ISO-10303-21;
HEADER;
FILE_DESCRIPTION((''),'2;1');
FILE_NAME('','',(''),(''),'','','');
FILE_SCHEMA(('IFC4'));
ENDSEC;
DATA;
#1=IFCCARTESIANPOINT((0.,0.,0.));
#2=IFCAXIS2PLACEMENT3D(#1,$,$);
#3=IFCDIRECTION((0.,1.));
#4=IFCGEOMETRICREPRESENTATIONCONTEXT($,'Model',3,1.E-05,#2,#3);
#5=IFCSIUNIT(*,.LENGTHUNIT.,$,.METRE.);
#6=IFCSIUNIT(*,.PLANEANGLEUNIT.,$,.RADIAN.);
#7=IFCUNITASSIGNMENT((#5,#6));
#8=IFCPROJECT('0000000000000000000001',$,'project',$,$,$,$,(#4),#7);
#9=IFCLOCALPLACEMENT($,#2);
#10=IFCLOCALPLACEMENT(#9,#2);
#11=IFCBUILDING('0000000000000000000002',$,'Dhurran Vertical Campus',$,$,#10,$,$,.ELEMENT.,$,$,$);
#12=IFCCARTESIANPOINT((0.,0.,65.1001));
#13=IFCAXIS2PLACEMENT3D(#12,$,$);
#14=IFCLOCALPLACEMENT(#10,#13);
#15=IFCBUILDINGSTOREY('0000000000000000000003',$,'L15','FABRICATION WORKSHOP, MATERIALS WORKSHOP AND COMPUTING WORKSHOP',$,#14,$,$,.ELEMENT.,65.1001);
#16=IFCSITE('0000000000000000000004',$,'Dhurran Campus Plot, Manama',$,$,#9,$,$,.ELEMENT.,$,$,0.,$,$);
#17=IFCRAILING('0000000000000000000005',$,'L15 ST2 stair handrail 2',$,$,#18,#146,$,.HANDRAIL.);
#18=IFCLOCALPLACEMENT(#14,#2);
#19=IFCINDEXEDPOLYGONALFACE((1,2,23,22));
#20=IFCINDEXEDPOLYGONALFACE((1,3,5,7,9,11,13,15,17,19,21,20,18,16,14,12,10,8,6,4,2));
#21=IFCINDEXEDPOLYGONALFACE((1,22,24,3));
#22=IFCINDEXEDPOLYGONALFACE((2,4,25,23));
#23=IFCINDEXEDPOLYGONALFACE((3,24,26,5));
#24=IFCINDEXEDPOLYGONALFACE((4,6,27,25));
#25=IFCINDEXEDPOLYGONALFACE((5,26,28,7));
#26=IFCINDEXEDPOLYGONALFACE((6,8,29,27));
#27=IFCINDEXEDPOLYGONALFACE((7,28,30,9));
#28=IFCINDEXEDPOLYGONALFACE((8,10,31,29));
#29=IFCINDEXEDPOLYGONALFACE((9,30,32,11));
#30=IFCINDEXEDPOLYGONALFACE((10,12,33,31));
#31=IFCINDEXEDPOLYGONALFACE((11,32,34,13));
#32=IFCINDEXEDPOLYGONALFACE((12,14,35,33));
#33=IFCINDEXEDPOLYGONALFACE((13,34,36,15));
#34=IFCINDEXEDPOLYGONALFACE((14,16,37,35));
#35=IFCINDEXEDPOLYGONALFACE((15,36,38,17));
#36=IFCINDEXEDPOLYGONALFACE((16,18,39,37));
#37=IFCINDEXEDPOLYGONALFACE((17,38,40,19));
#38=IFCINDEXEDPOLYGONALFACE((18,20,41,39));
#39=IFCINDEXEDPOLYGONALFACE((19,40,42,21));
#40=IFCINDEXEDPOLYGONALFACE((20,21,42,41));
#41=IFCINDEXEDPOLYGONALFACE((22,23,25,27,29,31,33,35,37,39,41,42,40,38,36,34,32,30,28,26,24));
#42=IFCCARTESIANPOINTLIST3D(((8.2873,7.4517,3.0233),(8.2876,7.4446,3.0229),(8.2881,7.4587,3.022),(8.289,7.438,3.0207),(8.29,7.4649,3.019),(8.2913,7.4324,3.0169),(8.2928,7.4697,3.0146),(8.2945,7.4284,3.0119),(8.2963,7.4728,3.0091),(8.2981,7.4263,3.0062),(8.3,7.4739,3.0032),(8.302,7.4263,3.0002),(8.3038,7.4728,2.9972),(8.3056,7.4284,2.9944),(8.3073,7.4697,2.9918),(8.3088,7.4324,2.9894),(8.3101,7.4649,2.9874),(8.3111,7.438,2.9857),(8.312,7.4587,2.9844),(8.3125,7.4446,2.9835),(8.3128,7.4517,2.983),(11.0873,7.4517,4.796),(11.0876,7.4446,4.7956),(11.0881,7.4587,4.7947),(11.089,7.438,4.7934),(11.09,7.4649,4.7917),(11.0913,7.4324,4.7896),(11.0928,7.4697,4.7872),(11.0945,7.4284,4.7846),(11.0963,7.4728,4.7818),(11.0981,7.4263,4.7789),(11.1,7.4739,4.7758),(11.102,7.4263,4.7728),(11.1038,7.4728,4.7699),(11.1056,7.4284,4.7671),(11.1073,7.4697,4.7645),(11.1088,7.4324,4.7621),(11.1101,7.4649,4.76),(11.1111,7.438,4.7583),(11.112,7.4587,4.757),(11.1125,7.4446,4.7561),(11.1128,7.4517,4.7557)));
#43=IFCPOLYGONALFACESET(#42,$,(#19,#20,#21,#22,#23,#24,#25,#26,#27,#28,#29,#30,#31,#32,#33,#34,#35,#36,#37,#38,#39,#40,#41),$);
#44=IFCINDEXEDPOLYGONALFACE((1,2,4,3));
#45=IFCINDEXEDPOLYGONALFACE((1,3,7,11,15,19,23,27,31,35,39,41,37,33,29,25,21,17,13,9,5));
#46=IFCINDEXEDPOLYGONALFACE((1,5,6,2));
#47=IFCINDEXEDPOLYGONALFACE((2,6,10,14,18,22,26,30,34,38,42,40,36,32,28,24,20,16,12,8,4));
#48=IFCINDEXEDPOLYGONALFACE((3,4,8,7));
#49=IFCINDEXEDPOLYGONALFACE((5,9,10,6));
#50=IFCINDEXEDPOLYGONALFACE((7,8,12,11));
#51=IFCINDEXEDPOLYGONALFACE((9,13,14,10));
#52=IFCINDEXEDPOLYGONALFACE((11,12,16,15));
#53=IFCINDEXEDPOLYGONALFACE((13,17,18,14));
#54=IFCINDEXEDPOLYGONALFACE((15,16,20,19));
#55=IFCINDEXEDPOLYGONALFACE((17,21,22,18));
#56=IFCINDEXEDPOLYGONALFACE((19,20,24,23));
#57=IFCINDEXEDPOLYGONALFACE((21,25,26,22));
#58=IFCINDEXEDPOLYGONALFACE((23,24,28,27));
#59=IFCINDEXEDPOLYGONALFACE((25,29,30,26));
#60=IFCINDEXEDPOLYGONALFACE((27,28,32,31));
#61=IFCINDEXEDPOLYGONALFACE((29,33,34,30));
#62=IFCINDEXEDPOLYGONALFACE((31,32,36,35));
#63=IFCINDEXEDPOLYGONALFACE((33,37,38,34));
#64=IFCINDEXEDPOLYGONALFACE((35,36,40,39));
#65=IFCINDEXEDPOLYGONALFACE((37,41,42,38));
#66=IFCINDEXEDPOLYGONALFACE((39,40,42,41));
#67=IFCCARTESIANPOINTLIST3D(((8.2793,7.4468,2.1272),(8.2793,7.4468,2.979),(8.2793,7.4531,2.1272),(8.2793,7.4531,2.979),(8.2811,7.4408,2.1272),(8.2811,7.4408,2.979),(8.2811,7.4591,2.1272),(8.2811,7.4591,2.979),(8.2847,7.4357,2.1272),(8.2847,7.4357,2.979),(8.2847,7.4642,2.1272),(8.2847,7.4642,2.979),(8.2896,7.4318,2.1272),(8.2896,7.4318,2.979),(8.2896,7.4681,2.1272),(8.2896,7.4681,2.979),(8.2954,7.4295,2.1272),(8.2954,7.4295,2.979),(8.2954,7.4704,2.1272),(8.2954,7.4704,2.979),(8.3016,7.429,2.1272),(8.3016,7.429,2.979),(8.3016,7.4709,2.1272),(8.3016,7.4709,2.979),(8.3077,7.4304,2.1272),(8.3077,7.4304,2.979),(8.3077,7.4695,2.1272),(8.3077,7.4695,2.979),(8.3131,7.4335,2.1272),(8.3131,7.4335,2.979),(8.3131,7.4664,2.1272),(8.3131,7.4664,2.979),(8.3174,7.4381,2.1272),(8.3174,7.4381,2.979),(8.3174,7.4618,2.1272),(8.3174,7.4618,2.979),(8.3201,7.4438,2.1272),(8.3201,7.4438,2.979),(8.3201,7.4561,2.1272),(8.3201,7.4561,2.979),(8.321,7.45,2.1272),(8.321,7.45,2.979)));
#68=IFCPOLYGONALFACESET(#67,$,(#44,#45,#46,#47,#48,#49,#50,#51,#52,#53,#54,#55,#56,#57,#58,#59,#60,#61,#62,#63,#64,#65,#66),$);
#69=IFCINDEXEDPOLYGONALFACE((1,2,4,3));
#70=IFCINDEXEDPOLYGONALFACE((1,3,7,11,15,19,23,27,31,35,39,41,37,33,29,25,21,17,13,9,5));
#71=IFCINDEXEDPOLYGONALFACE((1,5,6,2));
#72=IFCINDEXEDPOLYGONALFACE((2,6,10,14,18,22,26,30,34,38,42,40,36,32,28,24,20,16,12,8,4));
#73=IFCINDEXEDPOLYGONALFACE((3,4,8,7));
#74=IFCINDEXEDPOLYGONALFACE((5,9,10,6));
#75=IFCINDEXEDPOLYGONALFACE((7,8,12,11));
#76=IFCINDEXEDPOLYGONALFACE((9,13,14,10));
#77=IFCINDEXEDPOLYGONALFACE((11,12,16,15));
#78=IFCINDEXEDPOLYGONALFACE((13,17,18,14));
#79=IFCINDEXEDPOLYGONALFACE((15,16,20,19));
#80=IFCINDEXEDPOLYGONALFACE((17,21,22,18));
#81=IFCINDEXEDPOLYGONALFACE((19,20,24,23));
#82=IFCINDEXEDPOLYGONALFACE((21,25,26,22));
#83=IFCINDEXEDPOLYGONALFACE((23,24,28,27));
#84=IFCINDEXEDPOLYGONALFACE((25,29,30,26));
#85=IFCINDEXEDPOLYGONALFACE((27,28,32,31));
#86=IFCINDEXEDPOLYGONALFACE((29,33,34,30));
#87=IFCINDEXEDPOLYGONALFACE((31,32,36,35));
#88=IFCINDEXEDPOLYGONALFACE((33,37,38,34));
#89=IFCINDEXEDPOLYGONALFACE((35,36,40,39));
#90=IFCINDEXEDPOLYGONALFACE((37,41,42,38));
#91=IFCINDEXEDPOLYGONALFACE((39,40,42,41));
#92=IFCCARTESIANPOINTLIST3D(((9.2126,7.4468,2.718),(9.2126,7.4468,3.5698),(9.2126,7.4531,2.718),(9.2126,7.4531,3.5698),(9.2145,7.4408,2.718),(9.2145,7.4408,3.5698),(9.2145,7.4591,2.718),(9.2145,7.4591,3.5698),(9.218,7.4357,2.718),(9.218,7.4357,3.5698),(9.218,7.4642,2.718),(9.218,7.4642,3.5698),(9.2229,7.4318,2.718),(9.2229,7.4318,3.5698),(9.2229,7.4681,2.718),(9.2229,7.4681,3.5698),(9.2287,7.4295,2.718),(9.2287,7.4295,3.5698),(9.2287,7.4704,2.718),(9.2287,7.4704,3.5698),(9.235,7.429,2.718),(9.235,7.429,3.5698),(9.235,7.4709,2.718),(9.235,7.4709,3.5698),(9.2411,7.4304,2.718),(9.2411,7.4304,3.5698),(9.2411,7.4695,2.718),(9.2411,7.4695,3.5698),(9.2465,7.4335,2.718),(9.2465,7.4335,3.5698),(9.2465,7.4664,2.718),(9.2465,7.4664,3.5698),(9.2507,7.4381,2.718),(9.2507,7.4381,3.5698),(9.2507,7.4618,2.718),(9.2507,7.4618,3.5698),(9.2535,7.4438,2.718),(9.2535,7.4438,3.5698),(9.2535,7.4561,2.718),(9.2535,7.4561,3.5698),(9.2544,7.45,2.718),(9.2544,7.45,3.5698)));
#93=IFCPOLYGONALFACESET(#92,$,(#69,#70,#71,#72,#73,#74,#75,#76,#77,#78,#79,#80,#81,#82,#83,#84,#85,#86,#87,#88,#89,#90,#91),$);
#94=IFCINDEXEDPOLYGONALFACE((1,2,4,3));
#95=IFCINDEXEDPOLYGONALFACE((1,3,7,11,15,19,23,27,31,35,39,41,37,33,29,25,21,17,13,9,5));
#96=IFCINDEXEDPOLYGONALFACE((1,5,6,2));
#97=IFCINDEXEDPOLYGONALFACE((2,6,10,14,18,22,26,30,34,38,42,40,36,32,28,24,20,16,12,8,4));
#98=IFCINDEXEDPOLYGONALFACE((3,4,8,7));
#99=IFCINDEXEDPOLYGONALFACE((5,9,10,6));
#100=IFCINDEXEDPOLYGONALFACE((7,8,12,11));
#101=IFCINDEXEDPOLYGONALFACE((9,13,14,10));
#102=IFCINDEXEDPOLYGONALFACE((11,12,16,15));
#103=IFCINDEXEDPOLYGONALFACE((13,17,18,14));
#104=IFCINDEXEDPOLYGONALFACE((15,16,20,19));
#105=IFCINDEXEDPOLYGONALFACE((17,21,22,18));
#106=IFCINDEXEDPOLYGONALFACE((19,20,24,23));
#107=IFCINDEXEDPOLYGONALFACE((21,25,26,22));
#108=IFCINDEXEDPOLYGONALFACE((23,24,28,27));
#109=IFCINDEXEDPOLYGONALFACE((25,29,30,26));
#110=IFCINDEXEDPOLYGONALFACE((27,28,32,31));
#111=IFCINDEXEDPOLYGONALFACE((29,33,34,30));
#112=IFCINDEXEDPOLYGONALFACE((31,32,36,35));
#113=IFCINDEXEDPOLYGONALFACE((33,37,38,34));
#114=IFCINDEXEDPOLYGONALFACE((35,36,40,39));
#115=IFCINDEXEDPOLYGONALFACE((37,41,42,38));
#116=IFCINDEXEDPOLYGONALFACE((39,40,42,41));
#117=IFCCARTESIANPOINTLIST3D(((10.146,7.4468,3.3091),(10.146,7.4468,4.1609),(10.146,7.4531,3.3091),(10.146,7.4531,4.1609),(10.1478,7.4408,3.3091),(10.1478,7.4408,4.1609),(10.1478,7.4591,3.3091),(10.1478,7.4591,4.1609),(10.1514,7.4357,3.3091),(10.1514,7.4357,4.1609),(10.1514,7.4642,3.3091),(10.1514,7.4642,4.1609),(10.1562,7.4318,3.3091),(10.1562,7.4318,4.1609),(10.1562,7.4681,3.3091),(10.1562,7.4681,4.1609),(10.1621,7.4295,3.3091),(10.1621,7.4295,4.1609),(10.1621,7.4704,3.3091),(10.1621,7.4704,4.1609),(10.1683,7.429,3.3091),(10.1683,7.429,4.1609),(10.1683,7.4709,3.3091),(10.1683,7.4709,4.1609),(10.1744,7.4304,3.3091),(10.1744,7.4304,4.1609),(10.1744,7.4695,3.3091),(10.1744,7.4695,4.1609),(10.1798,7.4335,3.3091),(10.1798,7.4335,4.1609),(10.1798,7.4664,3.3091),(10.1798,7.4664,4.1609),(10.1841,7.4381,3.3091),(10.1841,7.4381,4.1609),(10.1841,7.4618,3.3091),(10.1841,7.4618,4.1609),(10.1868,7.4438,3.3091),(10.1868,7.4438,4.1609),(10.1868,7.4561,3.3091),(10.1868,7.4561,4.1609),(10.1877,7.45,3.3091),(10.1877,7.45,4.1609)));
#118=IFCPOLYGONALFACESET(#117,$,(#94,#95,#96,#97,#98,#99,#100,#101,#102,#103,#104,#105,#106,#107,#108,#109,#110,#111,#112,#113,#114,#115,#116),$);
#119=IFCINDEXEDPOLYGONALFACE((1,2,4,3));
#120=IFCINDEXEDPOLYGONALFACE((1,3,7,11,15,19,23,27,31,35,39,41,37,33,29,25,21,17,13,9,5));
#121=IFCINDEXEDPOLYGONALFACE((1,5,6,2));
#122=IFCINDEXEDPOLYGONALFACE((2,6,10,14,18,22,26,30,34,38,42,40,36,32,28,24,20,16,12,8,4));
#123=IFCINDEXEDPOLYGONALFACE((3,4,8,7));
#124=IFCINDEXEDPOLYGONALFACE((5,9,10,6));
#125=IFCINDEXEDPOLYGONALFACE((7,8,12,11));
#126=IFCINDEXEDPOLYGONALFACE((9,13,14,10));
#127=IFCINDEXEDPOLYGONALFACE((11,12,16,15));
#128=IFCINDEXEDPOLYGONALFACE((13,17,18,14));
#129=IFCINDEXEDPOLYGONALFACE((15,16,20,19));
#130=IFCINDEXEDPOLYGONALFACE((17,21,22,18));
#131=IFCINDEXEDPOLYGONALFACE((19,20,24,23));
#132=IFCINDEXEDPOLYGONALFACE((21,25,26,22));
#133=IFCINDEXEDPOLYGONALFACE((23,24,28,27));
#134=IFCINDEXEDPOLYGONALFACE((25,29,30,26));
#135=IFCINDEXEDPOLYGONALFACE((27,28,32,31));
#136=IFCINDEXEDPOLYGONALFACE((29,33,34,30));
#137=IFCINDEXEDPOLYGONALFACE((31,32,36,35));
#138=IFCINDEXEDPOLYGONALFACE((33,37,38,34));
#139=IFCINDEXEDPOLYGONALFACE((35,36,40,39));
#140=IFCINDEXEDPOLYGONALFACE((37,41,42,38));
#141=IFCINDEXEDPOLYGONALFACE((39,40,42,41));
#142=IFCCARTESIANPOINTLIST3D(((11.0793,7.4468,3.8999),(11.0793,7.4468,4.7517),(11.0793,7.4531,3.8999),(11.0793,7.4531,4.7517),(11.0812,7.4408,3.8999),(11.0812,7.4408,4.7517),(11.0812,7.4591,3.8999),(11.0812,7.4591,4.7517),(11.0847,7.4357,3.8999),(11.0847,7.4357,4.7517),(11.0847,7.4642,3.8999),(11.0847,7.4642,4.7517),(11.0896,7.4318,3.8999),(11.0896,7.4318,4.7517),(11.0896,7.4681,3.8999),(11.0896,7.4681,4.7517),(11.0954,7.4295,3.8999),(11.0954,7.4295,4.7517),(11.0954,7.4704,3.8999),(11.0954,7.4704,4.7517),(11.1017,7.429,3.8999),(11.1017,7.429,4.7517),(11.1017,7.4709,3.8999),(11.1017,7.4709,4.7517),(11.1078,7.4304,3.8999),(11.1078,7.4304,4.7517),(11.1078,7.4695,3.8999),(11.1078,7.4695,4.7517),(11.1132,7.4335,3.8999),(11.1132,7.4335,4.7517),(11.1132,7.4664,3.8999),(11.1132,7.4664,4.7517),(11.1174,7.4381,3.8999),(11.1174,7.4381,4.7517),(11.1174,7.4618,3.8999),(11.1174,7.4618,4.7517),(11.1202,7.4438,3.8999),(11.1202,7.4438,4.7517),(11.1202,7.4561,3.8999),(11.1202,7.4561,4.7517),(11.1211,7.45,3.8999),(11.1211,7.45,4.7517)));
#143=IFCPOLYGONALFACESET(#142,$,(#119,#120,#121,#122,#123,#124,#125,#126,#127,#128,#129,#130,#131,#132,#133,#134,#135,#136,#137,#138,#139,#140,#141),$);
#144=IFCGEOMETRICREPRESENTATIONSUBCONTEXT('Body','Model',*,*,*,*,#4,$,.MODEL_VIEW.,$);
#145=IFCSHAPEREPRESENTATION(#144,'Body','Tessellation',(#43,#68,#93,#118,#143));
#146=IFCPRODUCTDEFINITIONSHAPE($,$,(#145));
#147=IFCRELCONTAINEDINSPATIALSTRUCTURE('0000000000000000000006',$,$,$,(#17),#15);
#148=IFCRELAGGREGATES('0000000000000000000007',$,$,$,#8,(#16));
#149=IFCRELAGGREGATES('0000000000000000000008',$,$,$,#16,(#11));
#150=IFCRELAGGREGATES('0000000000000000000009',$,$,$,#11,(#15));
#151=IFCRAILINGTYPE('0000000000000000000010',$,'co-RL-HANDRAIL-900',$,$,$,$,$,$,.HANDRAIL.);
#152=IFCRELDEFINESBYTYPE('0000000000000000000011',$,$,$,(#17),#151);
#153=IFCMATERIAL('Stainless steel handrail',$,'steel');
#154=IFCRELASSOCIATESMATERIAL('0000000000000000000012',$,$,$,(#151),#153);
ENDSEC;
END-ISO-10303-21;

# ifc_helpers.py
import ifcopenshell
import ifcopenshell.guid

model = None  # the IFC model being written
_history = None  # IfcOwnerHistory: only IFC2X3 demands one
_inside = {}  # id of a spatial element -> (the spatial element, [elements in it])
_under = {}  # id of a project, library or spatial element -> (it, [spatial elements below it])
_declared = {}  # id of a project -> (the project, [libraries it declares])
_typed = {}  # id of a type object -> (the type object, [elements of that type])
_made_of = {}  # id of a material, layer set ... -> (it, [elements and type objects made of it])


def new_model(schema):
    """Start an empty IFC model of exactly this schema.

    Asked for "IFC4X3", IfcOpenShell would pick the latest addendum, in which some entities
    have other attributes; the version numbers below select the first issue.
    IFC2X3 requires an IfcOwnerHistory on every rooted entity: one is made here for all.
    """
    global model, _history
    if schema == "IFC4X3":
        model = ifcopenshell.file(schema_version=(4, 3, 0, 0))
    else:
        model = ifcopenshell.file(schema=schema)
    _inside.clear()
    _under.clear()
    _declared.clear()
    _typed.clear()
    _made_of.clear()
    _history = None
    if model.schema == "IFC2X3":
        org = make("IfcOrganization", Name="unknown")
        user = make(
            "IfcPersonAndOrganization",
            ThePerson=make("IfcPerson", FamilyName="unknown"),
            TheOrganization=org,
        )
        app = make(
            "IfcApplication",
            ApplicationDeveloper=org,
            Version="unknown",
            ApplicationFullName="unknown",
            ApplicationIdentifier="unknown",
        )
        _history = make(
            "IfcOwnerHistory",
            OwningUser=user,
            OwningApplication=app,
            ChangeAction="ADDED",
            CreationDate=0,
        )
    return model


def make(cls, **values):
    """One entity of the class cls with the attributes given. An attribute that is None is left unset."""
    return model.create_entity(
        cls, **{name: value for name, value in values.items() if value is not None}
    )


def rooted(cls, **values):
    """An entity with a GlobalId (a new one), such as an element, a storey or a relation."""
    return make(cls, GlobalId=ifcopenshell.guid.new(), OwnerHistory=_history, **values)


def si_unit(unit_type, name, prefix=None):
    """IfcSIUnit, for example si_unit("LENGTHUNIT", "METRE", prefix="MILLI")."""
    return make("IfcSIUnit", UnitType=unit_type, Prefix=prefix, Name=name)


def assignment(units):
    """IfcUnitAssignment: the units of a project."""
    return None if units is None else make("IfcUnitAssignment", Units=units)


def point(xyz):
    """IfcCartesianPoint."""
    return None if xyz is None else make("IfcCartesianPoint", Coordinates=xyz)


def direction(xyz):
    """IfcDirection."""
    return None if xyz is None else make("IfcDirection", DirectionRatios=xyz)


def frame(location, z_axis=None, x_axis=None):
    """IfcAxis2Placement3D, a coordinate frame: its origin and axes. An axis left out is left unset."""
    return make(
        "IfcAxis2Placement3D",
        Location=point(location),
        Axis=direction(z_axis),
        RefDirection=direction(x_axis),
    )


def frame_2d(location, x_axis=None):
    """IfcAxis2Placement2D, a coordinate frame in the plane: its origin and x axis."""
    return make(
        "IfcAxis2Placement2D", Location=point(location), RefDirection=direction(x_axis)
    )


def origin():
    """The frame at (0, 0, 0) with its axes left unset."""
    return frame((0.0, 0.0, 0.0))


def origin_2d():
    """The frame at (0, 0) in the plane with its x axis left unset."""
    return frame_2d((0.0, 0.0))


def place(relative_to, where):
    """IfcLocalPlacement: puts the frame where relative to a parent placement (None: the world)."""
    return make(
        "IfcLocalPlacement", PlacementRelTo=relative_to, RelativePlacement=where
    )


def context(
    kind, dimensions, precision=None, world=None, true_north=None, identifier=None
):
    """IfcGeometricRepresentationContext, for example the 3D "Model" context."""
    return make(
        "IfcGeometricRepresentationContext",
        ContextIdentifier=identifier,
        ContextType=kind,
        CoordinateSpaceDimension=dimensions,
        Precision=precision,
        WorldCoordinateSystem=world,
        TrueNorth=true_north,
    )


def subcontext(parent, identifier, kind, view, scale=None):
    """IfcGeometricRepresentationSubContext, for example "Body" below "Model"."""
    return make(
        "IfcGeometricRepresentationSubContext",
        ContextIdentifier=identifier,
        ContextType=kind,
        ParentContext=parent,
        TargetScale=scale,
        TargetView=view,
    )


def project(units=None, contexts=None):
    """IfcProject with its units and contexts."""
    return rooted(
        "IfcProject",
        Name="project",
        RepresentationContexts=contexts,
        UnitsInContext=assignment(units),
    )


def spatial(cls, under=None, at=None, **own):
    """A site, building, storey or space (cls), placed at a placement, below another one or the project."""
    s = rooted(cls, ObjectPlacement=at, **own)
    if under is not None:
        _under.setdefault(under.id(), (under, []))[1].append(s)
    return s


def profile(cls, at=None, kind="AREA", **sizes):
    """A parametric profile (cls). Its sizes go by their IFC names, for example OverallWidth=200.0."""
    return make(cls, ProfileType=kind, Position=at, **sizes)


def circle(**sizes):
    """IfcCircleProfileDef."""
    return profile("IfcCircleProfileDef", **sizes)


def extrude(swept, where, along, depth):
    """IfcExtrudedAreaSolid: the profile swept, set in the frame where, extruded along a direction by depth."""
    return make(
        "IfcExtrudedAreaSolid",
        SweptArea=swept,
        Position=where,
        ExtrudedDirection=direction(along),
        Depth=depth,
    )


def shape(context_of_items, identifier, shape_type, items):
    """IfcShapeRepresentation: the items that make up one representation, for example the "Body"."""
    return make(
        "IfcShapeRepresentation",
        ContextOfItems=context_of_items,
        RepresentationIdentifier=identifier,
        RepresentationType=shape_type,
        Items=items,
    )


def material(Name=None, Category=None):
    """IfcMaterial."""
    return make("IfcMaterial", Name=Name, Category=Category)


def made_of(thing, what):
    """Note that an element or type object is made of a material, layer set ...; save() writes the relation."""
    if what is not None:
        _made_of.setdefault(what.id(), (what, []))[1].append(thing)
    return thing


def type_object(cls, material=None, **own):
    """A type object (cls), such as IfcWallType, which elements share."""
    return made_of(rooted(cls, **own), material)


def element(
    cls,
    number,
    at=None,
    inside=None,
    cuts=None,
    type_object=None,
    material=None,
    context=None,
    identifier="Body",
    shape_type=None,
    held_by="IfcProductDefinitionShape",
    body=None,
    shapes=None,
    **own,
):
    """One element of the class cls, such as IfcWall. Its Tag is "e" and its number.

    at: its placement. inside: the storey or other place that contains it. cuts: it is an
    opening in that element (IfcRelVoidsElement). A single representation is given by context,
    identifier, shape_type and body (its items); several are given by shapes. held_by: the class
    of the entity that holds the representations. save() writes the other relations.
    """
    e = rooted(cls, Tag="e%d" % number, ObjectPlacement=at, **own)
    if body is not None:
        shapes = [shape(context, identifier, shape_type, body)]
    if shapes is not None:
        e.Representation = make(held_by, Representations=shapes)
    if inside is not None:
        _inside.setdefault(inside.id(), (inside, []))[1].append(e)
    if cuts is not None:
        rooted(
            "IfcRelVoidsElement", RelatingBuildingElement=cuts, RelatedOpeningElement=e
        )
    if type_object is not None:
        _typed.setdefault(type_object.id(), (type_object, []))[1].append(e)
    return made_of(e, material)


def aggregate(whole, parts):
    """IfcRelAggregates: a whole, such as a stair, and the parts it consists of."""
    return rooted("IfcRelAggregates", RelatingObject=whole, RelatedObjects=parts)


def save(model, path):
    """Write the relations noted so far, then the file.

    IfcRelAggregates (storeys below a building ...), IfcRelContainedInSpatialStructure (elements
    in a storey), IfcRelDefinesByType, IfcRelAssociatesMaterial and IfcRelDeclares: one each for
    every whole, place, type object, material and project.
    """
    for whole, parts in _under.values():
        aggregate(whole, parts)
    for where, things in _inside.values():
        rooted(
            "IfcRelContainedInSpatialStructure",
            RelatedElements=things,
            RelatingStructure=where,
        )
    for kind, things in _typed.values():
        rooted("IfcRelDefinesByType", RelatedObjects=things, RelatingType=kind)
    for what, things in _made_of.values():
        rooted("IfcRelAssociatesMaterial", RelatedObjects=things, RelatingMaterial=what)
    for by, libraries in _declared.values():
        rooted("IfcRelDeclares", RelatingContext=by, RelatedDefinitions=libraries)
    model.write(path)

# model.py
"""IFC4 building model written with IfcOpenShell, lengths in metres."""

from ifc_helpers import new_model, si_unit, direction, frame, origin, origin_2d, place, context, subcontext, project, spatial, circle, extrude, material, type_object, element, save


model = new_model("IFC4")

# Units and contexts
model_context = context("Model", 3, precision=1e-05, world=origin(), true_north=direction((0.0, 1.0)))
body_context = subcontext(model_context, "Body", "Model", "MODEL_VIEW")
ifc_project = project(units=[si_unit("LENGTHUNIT", "METRE"), si_unit("PLANEANGLEUNIT", "RADIAN")], contexts=[model_context])

# Site, building, storey
site_placement = place(None, origin())
site = spatial("IfcSite", under=ifc_project, at=site_placement, Name="Dhurran Campus Plot, Manama", CompositionType="ELEMENT", RefElevation=0.0)
building_placement = place(site_placement, origin())
building = spatial("IfcBuilding", under=site, at=building_placement, Name="Dhurran Vertical Campus", CompositionType="ELEMENT")
storey_placement = place(building_placement, frame((0.0, 0.0, 65.1001)))
storey = spatial("IfcBuildingStorey", under=building, at=storey_placement, Name="L15", Description="FABRICATION WORKSHOP, MATERIALS WORKSHOP AND COMPUTING WORKSHOP", CompositionType="ELEMENT", Elevation=65.1001)

# Railing
ifc_material_1 = material(Name="Stainless steel handrail", Category="steel")
railing_type_1 = type_object("IfcRailingType", Name="co-RL-HANDRAIL-900", PredefinedType="HANDRAIL", material=ifc_material_1)
railing_1_placement = place(storey_placement, frame((8.3, 7.45, 2.1272)))
element("IfcRailing", 1, at=railing_1_placement, inside=storey, type_object=railing_type_1, Name="L15 ST2 stair handrail 2", PredefinedType="HANDRAIL", context=body_context, shape_type="SweptSolid", body=[
    extrude(circle(Radius=0.0239, at=origin_2d()), frame((0.0, 0.0, 0.876), z_axis=(0.844909, 0.0, 0.53491), x_axis=(0.0, 1.0, 0.0)), (0.0, 0.0, 1.0), 3.314),
    extrude(circle(Radius=0.021, at=origin_2d()), origin(), (0.0, 0.0, 1.0), 0.8518),
    extrude(circle(Radius=0.021, at=origin_2d()), frame((0.9333, 0.0, 0.5908)), (0.0, 0.0, 1.0), 0.8518),
    extrude(circle(Radius=0.021, at=origin_2d()), frame((1.8667, 0.0, 1.1819)), (0.0, 0.0, 1.0), 0.8518),
    extrude(circle(Radius=0.021, at=origin_2d()), frame((2.8, 0.0, 1.7727)), (0.0, 0.0, 1.0), 0.8518),
])

save(model, "model.ifc")
